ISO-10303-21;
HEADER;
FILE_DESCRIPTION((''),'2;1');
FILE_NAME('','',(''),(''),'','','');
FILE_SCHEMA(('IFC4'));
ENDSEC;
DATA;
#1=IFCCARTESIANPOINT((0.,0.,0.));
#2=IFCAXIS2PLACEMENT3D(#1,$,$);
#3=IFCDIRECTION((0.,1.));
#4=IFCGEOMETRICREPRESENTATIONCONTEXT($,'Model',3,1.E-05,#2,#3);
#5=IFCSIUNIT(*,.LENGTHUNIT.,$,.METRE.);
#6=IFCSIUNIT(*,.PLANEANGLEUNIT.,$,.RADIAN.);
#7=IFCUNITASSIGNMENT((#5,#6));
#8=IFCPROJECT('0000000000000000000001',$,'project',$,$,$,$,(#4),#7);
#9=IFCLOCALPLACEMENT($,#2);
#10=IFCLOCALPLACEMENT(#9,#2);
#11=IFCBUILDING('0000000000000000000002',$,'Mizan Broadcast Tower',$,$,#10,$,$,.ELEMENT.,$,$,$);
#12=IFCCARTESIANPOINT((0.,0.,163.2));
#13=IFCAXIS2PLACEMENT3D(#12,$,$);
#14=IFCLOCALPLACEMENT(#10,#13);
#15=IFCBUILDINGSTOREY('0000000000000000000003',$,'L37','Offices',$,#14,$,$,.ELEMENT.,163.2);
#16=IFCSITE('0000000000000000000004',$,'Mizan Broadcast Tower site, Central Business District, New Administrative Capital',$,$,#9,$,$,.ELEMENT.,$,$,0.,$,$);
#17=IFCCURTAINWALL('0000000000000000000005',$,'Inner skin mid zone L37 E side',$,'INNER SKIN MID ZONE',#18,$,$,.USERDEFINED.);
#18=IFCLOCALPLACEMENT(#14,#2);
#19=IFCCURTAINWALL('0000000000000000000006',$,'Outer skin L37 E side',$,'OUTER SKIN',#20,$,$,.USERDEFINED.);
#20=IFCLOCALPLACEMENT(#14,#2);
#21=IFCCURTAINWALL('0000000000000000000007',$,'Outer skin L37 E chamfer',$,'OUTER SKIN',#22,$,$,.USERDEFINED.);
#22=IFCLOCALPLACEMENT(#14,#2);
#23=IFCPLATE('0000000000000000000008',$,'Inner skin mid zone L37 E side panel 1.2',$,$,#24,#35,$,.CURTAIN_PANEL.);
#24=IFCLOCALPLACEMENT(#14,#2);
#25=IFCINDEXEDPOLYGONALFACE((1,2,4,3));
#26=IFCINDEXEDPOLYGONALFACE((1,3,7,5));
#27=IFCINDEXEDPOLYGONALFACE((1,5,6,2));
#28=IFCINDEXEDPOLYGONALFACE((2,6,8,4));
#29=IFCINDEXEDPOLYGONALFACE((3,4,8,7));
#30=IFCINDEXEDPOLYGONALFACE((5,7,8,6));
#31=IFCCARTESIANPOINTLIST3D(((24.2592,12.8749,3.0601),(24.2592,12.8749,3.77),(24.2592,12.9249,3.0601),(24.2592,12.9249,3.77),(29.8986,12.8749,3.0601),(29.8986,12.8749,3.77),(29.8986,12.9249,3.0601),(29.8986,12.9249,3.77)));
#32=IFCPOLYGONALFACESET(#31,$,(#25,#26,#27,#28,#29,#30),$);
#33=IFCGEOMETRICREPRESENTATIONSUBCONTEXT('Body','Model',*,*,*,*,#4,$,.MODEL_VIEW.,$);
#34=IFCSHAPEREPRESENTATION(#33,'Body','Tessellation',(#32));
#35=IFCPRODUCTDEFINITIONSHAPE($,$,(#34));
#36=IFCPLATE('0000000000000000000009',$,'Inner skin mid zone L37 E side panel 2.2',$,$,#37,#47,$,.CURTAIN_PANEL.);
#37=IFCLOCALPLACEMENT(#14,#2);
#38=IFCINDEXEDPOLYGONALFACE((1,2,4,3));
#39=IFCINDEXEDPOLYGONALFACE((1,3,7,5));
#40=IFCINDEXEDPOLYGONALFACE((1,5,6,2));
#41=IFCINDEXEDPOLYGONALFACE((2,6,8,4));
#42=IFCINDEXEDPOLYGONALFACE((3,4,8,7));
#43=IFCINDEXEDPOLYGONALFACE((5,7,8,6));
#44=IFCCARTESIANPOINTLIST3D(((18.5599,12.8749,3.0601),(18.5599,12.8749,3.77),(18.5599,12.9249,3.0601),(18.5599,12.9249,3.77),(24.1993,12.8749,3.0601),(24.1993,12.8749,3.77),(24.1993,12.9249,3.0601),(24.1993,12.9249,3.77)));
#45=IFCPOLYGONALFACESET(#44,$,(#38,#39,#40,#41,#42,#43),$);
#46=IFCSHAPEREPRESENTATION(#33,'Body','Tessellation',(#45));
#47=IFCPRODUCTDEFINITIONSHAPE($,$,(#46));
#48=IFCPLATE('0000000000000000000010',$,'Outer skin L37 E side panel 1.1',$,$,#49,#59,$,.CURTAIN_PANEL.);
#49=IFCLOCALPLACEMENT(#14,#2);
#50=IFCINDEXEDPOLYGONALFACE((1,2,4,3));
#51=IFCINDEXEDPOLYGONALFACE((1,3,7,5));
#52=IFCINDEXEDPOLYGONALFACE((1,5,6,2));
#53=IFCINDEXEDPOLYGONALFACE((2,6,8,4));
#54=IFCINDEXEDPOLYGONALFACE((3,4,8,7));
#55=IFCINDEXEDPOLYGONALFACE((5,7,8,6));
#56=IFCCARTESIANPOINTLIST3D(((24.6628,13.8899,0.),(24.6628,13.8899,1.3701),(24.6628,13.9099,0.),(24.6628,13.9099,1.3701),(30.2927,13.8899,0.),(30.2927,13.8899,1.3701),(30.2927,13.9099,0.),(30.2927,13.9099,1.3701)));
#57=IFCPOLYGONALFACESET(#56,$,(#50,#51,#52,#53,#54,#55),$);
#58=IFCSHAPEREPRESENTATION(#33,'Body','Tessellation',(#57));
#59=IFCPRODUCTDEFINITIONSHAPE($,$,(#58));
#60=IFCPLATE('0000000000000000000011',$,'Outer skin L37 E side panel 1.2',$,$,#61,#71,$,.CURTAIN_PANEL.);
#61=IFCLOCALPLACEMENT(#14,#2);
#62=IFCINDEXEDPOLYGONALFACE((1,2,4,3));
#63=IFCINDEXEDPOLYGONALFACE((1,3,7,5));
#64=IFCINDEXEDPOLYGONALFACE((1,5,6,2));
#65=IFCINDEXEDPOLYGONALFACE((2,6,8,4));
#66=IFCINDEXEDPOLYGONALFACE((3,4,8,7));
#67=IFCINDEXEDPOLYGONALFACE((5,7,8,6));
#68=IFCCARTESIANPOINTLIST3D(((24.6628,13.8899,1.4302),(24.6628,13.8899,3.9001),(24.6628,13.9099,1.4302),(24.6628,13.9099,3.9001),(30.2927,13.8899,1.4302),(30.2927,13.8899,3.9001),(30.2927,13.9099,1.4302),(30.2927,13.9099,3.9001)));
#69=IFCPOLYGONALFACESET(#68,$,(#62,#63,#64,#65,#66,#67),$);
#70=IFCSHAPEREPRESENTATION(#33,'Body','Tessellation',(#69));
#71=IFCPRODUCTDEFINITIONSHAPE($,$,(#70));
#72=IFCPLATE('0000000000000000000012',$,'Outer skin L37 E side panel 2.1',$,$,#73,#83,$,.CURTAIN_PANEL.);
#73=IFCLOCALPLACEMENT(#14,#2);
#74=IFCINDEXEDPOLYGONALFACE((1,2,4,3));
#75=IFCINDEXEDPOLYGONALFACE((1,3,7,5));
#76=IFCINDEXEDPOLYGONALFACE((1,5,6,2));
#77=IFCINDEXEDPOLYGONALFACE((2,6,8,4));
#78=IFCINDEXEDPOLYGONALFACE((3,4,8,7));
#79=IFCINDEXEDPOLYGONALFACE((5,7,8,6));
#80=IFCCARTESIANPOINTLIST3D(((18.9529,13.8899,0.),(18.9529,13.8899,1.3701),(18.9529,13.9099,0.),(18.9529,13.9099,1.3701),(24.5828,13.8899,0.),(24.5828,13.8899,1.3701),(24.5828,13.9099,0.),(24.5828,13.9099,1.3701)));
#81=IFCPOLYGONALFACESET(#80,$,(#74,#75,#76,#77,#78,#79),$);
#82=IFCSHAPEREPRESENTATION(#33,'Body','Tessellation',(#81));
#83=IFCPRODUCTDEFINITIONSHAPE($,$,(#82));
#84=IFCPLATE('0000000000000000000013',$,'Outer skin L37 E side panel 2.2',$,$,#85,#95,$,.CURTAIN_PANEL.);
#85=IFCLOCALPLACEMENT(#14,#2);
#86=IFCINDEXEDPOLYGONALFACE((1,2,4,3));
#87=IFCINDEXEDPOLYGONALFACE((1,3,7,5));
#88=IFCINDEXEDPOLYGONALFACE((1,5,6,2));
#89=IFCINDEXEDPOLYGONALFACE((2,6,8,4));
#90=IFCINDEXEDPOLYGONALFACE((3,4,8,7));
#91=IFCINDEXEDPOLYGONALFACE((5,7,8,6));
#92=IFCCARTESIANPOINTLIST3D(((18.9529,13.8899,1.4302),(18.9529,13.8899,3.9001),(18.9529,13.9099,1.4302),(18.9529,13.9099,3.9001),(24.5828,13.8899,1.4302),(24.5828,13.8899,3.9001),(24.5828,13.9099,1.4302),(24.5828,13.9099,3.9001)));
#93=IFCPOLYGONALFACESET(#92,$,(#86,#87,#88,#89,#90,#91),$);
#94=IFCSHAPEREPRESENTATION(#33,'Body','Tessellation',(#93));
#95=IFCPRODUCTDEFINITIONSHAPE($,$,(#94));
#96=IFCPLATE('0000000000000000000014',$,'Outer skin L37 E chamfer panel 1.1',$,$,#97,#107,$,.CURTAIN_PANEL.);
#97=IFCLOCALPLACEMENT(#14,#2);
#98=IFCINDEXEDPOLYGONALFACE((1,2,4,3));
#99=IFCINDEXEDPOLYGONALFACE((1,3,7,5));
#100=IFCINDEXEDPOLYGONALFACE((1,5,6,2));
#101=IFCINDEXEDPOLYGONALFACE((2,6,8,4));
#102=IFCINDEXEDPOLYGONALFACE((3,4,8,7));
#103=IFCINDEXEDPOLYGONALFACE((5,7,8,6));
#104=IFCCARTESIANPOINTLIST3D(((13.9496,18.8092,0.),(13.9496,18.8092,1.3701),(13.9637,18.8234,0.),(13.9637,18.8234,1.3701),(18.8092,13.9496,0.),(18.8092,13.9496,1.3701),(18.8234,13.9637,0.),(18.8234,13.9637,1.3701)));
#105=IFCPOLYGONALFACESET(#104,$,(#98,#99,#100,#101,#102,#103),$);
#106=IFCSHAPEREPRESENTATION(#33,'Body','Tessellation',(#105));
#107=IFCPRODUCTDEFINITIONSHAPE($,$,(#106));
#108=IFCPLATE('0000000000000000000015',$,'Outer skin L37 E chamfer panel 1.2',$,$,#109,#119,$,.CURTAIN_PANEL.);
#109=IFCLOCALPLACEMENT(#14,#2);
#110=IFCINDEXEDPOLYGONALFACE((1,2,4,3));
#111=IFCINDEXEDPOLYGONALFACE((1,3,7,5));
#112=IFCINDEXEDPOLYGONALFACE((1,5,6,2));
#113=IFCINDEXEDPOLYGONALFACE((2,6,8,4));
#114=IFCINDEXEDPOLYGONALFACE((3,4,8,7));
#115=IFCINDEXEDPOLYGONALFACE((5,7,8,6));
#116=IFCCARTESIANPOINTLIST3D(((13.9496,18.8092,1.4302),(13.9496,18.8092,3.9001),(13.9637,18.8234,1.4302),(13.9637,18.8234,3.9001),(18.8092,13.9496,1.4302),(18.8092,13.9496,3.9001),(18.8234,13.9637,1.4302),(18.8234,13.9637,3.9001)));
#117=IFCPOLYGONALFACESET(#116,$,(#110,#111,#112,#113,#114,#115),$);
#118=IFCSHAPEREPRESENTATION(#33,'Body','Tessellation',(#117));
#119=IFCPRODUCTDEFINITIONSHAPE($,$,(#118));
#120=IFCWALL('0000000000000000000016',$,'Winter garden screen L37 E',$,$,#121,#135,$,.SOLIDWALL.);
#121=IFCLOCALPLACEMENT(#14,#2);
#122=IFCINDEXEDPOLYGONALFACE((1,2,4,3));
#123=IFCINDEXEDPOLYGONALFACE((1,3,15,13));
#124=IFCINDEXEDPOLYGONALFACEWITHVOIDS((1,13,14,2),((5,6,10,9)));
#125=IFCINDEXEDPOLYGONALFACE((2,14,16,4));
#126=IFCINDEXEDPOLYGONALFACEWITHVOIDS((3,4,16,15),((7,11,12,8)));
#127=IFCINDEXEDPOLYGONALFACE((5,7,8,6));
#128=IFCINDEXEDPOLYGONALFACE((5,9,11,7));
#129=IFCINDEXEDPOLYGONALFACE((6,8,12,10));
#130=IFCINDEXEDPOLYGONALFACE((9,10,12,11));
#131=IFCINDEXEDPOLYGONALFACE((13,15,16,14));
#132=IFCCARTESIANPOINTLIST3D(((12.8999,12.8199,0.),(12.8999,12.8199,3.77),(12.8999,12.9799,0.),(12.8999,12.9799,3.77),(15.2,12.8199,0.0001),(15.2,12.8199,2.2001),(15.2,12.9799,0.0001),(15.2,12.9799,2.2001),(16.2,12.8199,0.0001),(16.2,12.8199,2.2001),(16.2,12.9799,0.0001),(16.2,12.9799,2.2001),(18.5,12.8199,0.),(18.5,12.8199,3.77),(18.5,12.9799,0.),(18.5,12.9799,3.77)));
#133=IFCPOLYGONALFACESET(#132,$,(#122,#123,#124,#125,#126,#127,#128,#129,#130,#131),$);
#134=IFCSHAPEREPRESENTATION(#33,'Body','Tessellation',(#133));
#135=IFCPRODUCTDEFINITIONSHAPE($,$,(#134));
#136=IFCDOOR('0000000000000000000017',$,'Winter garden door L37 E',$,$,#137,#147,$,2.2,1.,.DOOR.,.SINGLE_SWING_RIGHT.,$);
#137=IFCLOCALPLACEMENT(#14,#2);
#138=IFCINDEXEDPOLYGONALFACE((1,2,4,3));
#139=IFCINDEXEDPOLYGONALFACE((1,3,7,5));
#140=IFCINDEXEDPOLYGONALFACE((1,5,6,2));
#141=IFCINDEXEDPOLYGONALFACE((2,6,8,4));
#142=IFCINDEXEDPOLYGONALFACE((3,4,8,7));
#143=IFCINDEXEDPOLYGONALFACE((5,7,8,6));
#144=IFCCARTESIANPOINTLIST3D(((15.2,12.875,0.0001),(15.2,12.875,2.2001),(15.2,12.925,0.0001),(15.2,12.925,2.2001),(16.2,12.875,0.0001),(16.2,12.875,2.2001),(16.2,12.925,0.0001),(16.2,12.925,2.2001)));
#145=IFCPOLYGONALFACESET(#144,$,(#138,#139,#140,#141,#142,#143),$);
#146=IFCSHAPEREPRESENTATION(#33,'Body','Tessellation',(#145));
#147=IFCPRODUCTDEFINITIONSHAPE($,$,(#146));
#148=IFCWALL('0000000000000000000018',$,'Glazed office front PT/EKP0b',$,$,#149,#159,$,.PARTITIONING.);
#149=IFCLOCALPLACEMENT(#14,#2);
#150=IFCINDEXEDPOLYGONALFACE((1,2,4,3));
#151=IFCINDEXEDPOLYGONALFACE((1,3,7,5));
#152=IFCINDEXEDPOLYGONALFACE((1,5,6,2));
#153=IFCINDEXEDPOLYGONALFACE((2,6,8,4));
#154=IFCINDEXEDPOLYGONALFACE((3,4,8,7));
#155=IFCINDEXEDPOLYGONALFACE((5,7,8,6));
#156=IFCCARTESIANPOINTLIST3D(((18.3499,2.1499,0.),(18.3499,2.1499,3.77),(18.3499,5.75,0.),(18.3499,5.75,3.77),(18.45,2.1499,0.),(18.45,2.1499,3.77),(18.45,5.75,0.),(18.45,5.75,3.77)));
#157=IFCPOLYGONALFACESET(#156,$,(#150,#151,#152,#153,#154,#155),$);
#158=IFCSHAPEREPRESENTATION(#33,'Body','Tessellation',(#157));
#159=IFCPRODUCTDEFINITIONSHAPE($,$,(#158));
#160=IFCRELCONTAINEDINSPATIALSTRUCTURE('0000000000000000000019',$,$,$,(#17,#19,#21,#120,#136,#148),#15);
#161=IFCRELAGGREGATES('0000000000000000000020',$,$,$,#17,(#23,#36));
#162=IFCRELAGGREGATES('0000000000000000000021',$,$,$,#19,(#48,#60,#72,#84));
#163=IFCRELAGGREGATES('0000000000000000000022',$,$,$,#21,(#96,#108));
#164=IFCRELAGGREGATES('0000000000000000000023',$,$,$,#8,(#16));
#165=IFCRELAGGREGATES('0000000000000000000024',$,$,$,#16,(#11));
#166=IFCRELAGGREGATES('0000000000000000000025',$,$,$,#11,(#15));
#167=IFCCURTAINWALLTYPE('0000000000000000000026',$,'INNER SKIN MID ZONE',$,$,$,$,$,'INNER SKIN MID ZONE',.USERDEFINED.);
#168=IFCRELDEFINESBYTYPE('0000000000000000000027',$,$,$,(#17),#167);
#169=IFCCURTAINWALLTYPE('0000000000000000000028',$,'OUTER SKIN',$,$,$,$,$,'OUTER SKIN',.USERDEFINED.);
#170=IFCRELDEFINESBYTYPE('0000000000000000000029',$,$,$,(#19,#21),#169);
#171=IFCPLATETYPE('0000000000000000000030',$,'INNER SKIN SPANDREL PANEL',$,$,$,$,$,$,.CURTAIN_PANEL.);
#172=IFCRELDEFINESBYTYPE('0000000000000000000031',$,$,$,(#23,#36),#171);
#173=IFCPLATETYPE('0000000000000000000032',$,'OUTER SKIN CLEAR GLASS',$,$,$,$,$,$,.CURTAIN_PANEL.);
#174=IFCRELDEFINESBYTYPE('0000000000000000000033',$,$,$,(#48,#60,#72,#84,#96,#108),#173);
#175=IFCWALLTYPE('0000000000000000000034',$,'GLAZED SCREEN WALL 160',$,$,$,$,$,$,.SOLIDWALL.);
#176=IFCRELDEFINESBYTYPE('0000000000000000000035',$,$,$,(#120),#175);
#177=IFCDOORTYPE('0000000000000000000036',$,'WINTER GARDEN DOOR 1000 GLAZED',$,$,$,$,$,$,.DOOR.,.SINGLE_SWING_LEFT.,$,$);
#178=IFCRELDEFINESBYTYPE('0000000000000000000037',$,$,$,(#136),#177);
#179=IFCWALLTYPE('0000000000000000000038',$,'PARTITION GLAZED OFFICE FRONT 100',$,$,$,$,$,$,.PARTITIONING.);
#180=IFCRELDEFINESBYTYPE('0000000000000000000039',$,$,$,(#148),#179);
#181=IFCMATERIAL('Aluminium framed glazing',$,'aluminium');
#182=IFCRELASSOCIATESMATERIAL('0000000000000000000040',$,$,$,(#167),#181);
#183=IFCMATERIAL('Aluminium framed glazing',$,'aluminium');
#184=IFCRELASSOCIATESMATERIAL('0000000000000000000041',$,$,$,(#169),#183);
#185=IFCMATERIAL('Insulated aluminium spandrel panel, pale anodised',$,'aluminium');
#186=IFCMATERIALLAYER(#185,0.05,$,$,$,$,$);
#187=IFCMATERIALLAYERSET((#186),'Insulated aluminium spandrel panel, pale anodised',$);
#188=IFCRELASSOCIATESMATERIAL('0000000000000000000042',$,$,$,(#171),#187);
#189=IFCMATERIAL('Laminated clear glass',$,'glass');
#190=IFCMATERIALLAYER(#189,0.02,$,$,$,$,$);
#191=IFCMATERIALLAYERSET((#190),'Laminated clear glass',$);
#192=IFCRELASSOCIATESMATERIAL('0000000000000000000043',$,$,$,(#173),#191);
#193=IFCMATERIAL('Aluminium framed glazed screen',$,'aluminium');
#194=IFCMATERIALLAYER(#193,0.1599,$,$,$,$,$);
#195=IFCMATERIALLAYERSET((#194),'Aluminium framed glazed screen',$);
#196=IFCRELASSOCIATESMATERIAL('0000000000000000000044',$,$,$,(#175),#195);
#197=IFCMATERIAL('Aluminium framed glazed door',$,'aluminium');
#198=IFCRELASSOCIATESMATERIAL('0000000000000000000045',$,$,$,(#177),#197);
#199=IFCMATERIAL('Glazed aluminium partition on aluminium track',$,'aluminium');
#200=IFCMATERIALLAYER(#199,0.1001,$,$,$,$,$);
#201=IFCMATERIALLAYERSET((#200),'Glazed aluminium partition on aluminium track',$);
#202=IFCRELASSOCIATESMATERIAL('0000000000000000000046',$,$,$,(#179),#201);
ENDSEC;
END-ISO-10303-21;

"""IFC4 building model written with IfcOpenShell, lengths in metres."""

from ifc_helpers import new_model, si_unit, direction, frame, frame_2d, origin, origin_2d, place, context, subcontext, project, spatial, rectangle, extrude, material, layer, layer_set, type_object, element, fill, aggregate, save


model = new_model("IFC4")

# Units and contexts
model_context = context("Model", 3, precision=1e-05, world=origin(), true_north=direction((0.0, 1.0)))
body_context = subcontext(model_context, "Body", "Model", "MODEL_VIEW")
ifc_project = project(units=[si_unit("LENGTHUNIT", "METRE"), si_unit("PLANEANGLEUNIT", "RADIAN")], contexts=[model_context])

# Site, building, storey
site_placement = place(None, origin())
site = spatial("IfcSite", under=ifc_project, at=site_placement, Name="Mizan Broadcast Tower site, Central Business District, New Administrative Capital", CompositionType="ELEMENT", RefElevation=0.0)
building_placement = place(site_placement, origin())
building = spatial("IfcBuilding", under=site, at=building_placement, Name="Mizan Broadcast Tower", CompositionType="ELEMENT")
storey_placement = place(building_placement, frame((0.0, 0.0, 163.2)))
storey = spatial("IfcBuildingStorey", under=building, at=storey_placement, Name="L37", Description="Offices", CompositionType="ELEMENT", Elevation=163.2)

# Curtain walls
ifc_material_1 = material(Name="Aluminium framed glazing", Category="aluminium")
curtain_wall_type_1 = type_object("IfcCurtainWallType", Name="INNER SKIN MID ZONE", ElementType="INNER SKIN MID ZONE", PredefinedType="USERDEFINED", material=ifc_material_1)
curtain_wall_1_placement = place(storey_placement, origin())
curtain_wall_1 = element("IfcCurtainWall", 1, at=curtain_wall_1_placement, inside=storey, type_object=curtain_wall_type_1, Name="Inner skin mid zone L37 E side", ObjectType="INNER SKIN MID ZONE", PredefinedType="USERDEFINED")
ifc_material_2 = material(Name="Aluminium framed glazing", Category="aluminium")
curtain_wall_type_2 = type_object("IfcCurtainWallType", Name="OUTER SKIN", ElementType="OUTER SKIN", PredefinedType="USERDEFINED", material=ifc_material_2)
curtain_wall_2_placement = place(storey_placement, origin())
curtain_wall_2 = element("IfcCurtainWall", 2, at=curtain_wall_2_placement, inside=storey, type_object=curtain_wall_type_2, Name="Outer skin L37 E side", ObjectType="OUTER SKIN", PredefinedType="USERDEFINED")

# Curtain wall
curtain_wall_3_placement = place(storey_placement, origin())
curtain_wall_3 = element("IfcCurtainWall", 3, at=curtain_wall_3_placement, inside=storey, type_object=curtain_wall_type_2, Name="Outer skin L37 E chamfer", ObjectType="OUTER SKIN", PredefinedType="USERDEFINED")

# Plates
ifc_material_3 = material(Name="Insulated aluminium spandrel panel, pale anodised", Category="aluminium")
ifc_layer_1 = layer(ifc_material_3, 0.05)
ifc_layer_set_1 = layer_set([ifc_layer_1], Name="Insulated aluminium spandrel panel, pale anodised")
plate_type_1 = type_object("IfcPlateType", Name="INNER SKIN SPANDREL PANEL", PredefinedType="CURTAIN_PANEL", material=ifc_layer_set_1)
plate_1_placement = place(storey_placement, frame((27.0789, 12.8999, 3.0601), z_axis=(0.0, 0.0, 1.0), x_axis=(-1.0, 0.0, 0.0)))
plate_1 = element("IfcPlate", 4, at=plate_1_placement, type_object=plate_type_1, Name="Inner skin mid zone L37 E side panel 1.2", PredefinedType="CURTAIN_PANEL", context=body_context, shape_type="SweptSolid", body=[
    extrude(rectangle(XDim=5.6394, YDim=0.05, at=origin_2d()), origin(), (0.0, 0.0, 1.0), 0.71),
])
plate_2_placement = place(storey_placement, frame((21.3796, 12.8999, 3.0601), z_axis=(0.0, 0.0, 1.0), x_axis=(-1.0, 0.0, 0.0)))
plate_2 = element("IfcPlate", 5, at=plate_2_placement, type_object=plate_type_1, Name="Inner skin mid zone L37 E side panel 2.2", PredefinedType="CURTAIN_PANEL", context=body_context, shape_type="SweptSolid", body=[
    extrude(rectangle(XDim=5.6394, YDim=0.05, at=origin_2d()), origin(), (0.0, 0.0, 1.0), 0.71),
])
aggregate(curtain_wall_1, [plate_1, plate_2])
ifc_material_4 = material(Name="Laminated clear glass", Category="glass")
ifc_layer_2 = layer(ifc_material_4, 0.02)
ifc_layer_set_2 = layer_set([ifc_layer_2], Name="Laminated clear glass")
plate_type_2 = type_object("IfcPlateType", Name="OUTER SKIN CLEAR GLASS", PredefinedType="CURTAIN_PANEL", material=ifc_layer_set_2)
plate_3_placement = place(storey_placement, frame((27.4778, 13.8999, 0.0), z_axis=(0.0, 0.0, 1.0), x_axis=(-1.0, 0.0, 0.0)))
plate_3 = element("IfcPlate", 6, at=plate_3_placement, type_object=plate_type_2, Name="Outer skin L37 E side panel 1.1", PredefinedType="CURTAIN_PANEL", context=body_context, shape_type="SweptSolid", body=[
    extrude(rectangle(XDim=5.6299, YDim=0.02, at=origin_2d()), origin(), (0.0, 0.0, 1.0), 1.3701),
])
plate_4_placement = place(storey_placement, frame((27.4778, 13.8999, 1.4302), z_axis=(0.0, 0.0, 1.0), x_axis=(-1.0, 0.0, 0.0)))
plate_4 = element("IfcPlate", 7, at=plate_4_placement, type_object=plate_type_2, Name="Outer skin L37 E side panel 1.2", PredefinedType="CURTAIN_PANEL", context=body_context, shape_type="SweptSolid", body=[
    extrude(rectangle(XDim=5.6299, YDim=0.02, at=origin_2d()), origin(), (0.0, 0.0, 1.0), 2.47),
])
plate_5_placement = place(storey_placement, frame((21.7678, 13.8999, 0.0), z_axis=(0.0, 0.0, 1.0), x_axis=(-1.0, 0.0, 0.0)))
plate_5 = element("IfcPlate", 8, at=plate_5_placement, type_object=plate_type_2, Name="Outer skin L37 E side panel 2.1", PredefinedType="CURTAIN_PANEL", context=body_context, shape_type="SweptSolid", body=[
    extrude(rectangle(XDim=5.6299, YDim=0.02, at=origin_2d()), origin(), (0.0, 0.0, 1.0), 1.3701),
])
plate_6_placement = place(storey_placement, frame((21.7678, 13.8999, 1.4302), z_axis=(0.0, 0.0, 1.0), x_axis=(-1.0, 0.0, 0.0)))
plate_6 = element("IfcPlate", 9, at=plate_6_placement, type_object=plate_type_2, Name="Outer skin L37 E side panel 2.2", PredefinedType="CURTAIN_PANEL", context=body_context, shape_type="SweptSolid", body=[
    extrude(rectangle(XDim=5.6299, YDim=0.02, at=origin_2d()), origin(), (0.0, 0.0, 1.0), 2.47),
])
aggregate(curtain_wall_2, [plate_3, plate_4, plate_5, plate_6])
plate_7_placement = place(storey_placement, frame((16.3865, 16.3865, 0.0), z_axis=(0.0, 0.0, 1.0), x_axis=(-0.707107, 0.707107, 0.0)))
plate_7 = element("IfcPlate", 10, at=plate_7_placement, type_object=plate_type_2, Name="Outer skin L37 E chamfer panel 1.1", PredefinedType="CURTAIN_PANEL", context=body_context, shape_type="SweptSolid", body=[
    extrude(rectangle(XDim=6.8726, YDim=0.02, at=origin_2d()), origin(), (0.0, 0.0, 1.0), 1.3701),
])
plate_8_placement = place(storey_placement, frame((16.3865, 16.3865, 1.4302), z_axis=(0.0, 0.0, 1.0), x_axis=(-0.707107, 0.707107, 0.0)))
plate_8 = element("IfcPlate", 11, at=plate_8_placement, type_object=plate_type_2, Name="Outer skin L37 E chamfer panel 1.2", PredefinedType="CURTAIN_PANEL", context=body_context, shape_type="SweptSolid", body=[
    extrude(rectangle(XDim=6.8726, YDim=0.02, at=origin_2d()), origin(), (0.0, 0.0, 1.0), 2.47),
])
aggregate(curtain_wall_3, [plate_7, plate_8])

# Wall, opening, door
ifc_material_5 = material(Name="Aluminium framed glazed screen", Category="aluminium")
ifc_layer_3 = layer(ifc_material_5, 0.1599)
ifc_layer_set_3 = layer_set([ifc_layer_3], Name="Aluminium framed glazed screen")
wall_type_1 = type_object("IfcWallType", Name="GLAZED SCREEN WALL 160", PredefinedType="SOLIDWALL", material=ifc_layer_set_3)
wall_1_placement = place(storey_placement, frame((18.5, 12.8999, 0.0), z_axis=(0.0, 0.0, 1.0), x_axis=(-1.0, 0.0, 0.0)))
wall_1 = element("IfcWall", 12, at=wall_1_placement, inside=storey, type_object=wall_type_1, Name="Winter garden screen L37 E", PredefinedType="SOLIDWALL", context=body_context, shape_type="SweptSolid", body=[
    extrude(rectangle(XDim=5.6001, YDim=0.1599, at=frame_2d((2.8, 0.0))), origin(), (0.0, 0.0, 1.0), 3.77),
])
opening_placement = place(wall_1_placement, frame((2.3, 0.0, 0.0)))
opening = element("IfcOpeningElement", 13, at=opening_placement, cuts=wall_1, PredefinedType="OPENING", context=body_context, shape_type="SweptSolid", body=[
    extrude(rectangle(XDim=1.0, YDim=2.2, at=frame_2d((0.5, 1.1001))), frame((0.0, 0.0898, 0.0), z_axis=(0.0, -1.0, 0.0), x_axis=(1.0, 0.0, 0.0)), (0.0, 0.0, 1.0), 0.1799),
])
ifc_material_6 = material(Name="Aluminium framed glazed door", Category="aluminium")
door_type = type_object("IfcDoorType", Name="WINTER GARDEN DOOR 1000 GLAZED", OperationType="SINGLE_SWING_LEFT", PredefinedType="DOOR", material=ifc_material_6)
door_placement = place(opening_placement, origin())
door = element("IfcDoor", 14, at=door_placement, inside=storey, type_object=door_type, Name="Winter garden door L37 E", OperationType="SINGLE_SWING_RIGHT", OverallHeight=2.2, OverallWidth=1.0, PredefinedType="DOOR", context=body_context, shape_type="SweptSolid", body=[
    extrude(rectangle(XDim=1.0, YDim=2.2, at=frame_2d((0.5, 1.1001))), frame((0.0, 0.0249, 0.0), z_axis=(0.0, -1.0, 0.0), x_axis=(1.0, 0.0, 0.0)), (0.0, 0.0, 1.0), 0.05),
])
fill(opening, door)

# Wall
ifc_material_7 = material(Name="Glazed aluminium partition on aluminium track", Category="aluminium")
ifc_layer_4 = layer(ifc_material_7, 0.1001)
ifc_layer_set_4 = layer_set([ifc_layer_4], Name="Glazed aluminium partition on aluminium track")
wall_type_2 = type_object("IfcWallType", Name="PARTITION GLAZED OFFICE FRONT 100", PredefinedType="PARTITIONING", material=ifc_layer_set_4)
wall_2_placement = place(storey_placement, frame((18.3999, 2.1499, 0.0), z_axis=(0.0, 0.0, 1.0), x_axis=(0.0, 1.0, 0.0)))
element("IfcWall", 15, at=wall_2_placement, inside=storey, type_object=wall_type_2, Name="Glazed office front PT/EKP0b", PredefinedType="PARTITIONING", context=body_context, shape_type="SweptSolid", body=[
    extrude(rectangle(XDim=3.6001, YDim=0.1001, at=frame_2d((1.8, 0.0))), origin(), (0.0, 0.0, 1.0), 3.77),
])

save(model, "model.ifc")
